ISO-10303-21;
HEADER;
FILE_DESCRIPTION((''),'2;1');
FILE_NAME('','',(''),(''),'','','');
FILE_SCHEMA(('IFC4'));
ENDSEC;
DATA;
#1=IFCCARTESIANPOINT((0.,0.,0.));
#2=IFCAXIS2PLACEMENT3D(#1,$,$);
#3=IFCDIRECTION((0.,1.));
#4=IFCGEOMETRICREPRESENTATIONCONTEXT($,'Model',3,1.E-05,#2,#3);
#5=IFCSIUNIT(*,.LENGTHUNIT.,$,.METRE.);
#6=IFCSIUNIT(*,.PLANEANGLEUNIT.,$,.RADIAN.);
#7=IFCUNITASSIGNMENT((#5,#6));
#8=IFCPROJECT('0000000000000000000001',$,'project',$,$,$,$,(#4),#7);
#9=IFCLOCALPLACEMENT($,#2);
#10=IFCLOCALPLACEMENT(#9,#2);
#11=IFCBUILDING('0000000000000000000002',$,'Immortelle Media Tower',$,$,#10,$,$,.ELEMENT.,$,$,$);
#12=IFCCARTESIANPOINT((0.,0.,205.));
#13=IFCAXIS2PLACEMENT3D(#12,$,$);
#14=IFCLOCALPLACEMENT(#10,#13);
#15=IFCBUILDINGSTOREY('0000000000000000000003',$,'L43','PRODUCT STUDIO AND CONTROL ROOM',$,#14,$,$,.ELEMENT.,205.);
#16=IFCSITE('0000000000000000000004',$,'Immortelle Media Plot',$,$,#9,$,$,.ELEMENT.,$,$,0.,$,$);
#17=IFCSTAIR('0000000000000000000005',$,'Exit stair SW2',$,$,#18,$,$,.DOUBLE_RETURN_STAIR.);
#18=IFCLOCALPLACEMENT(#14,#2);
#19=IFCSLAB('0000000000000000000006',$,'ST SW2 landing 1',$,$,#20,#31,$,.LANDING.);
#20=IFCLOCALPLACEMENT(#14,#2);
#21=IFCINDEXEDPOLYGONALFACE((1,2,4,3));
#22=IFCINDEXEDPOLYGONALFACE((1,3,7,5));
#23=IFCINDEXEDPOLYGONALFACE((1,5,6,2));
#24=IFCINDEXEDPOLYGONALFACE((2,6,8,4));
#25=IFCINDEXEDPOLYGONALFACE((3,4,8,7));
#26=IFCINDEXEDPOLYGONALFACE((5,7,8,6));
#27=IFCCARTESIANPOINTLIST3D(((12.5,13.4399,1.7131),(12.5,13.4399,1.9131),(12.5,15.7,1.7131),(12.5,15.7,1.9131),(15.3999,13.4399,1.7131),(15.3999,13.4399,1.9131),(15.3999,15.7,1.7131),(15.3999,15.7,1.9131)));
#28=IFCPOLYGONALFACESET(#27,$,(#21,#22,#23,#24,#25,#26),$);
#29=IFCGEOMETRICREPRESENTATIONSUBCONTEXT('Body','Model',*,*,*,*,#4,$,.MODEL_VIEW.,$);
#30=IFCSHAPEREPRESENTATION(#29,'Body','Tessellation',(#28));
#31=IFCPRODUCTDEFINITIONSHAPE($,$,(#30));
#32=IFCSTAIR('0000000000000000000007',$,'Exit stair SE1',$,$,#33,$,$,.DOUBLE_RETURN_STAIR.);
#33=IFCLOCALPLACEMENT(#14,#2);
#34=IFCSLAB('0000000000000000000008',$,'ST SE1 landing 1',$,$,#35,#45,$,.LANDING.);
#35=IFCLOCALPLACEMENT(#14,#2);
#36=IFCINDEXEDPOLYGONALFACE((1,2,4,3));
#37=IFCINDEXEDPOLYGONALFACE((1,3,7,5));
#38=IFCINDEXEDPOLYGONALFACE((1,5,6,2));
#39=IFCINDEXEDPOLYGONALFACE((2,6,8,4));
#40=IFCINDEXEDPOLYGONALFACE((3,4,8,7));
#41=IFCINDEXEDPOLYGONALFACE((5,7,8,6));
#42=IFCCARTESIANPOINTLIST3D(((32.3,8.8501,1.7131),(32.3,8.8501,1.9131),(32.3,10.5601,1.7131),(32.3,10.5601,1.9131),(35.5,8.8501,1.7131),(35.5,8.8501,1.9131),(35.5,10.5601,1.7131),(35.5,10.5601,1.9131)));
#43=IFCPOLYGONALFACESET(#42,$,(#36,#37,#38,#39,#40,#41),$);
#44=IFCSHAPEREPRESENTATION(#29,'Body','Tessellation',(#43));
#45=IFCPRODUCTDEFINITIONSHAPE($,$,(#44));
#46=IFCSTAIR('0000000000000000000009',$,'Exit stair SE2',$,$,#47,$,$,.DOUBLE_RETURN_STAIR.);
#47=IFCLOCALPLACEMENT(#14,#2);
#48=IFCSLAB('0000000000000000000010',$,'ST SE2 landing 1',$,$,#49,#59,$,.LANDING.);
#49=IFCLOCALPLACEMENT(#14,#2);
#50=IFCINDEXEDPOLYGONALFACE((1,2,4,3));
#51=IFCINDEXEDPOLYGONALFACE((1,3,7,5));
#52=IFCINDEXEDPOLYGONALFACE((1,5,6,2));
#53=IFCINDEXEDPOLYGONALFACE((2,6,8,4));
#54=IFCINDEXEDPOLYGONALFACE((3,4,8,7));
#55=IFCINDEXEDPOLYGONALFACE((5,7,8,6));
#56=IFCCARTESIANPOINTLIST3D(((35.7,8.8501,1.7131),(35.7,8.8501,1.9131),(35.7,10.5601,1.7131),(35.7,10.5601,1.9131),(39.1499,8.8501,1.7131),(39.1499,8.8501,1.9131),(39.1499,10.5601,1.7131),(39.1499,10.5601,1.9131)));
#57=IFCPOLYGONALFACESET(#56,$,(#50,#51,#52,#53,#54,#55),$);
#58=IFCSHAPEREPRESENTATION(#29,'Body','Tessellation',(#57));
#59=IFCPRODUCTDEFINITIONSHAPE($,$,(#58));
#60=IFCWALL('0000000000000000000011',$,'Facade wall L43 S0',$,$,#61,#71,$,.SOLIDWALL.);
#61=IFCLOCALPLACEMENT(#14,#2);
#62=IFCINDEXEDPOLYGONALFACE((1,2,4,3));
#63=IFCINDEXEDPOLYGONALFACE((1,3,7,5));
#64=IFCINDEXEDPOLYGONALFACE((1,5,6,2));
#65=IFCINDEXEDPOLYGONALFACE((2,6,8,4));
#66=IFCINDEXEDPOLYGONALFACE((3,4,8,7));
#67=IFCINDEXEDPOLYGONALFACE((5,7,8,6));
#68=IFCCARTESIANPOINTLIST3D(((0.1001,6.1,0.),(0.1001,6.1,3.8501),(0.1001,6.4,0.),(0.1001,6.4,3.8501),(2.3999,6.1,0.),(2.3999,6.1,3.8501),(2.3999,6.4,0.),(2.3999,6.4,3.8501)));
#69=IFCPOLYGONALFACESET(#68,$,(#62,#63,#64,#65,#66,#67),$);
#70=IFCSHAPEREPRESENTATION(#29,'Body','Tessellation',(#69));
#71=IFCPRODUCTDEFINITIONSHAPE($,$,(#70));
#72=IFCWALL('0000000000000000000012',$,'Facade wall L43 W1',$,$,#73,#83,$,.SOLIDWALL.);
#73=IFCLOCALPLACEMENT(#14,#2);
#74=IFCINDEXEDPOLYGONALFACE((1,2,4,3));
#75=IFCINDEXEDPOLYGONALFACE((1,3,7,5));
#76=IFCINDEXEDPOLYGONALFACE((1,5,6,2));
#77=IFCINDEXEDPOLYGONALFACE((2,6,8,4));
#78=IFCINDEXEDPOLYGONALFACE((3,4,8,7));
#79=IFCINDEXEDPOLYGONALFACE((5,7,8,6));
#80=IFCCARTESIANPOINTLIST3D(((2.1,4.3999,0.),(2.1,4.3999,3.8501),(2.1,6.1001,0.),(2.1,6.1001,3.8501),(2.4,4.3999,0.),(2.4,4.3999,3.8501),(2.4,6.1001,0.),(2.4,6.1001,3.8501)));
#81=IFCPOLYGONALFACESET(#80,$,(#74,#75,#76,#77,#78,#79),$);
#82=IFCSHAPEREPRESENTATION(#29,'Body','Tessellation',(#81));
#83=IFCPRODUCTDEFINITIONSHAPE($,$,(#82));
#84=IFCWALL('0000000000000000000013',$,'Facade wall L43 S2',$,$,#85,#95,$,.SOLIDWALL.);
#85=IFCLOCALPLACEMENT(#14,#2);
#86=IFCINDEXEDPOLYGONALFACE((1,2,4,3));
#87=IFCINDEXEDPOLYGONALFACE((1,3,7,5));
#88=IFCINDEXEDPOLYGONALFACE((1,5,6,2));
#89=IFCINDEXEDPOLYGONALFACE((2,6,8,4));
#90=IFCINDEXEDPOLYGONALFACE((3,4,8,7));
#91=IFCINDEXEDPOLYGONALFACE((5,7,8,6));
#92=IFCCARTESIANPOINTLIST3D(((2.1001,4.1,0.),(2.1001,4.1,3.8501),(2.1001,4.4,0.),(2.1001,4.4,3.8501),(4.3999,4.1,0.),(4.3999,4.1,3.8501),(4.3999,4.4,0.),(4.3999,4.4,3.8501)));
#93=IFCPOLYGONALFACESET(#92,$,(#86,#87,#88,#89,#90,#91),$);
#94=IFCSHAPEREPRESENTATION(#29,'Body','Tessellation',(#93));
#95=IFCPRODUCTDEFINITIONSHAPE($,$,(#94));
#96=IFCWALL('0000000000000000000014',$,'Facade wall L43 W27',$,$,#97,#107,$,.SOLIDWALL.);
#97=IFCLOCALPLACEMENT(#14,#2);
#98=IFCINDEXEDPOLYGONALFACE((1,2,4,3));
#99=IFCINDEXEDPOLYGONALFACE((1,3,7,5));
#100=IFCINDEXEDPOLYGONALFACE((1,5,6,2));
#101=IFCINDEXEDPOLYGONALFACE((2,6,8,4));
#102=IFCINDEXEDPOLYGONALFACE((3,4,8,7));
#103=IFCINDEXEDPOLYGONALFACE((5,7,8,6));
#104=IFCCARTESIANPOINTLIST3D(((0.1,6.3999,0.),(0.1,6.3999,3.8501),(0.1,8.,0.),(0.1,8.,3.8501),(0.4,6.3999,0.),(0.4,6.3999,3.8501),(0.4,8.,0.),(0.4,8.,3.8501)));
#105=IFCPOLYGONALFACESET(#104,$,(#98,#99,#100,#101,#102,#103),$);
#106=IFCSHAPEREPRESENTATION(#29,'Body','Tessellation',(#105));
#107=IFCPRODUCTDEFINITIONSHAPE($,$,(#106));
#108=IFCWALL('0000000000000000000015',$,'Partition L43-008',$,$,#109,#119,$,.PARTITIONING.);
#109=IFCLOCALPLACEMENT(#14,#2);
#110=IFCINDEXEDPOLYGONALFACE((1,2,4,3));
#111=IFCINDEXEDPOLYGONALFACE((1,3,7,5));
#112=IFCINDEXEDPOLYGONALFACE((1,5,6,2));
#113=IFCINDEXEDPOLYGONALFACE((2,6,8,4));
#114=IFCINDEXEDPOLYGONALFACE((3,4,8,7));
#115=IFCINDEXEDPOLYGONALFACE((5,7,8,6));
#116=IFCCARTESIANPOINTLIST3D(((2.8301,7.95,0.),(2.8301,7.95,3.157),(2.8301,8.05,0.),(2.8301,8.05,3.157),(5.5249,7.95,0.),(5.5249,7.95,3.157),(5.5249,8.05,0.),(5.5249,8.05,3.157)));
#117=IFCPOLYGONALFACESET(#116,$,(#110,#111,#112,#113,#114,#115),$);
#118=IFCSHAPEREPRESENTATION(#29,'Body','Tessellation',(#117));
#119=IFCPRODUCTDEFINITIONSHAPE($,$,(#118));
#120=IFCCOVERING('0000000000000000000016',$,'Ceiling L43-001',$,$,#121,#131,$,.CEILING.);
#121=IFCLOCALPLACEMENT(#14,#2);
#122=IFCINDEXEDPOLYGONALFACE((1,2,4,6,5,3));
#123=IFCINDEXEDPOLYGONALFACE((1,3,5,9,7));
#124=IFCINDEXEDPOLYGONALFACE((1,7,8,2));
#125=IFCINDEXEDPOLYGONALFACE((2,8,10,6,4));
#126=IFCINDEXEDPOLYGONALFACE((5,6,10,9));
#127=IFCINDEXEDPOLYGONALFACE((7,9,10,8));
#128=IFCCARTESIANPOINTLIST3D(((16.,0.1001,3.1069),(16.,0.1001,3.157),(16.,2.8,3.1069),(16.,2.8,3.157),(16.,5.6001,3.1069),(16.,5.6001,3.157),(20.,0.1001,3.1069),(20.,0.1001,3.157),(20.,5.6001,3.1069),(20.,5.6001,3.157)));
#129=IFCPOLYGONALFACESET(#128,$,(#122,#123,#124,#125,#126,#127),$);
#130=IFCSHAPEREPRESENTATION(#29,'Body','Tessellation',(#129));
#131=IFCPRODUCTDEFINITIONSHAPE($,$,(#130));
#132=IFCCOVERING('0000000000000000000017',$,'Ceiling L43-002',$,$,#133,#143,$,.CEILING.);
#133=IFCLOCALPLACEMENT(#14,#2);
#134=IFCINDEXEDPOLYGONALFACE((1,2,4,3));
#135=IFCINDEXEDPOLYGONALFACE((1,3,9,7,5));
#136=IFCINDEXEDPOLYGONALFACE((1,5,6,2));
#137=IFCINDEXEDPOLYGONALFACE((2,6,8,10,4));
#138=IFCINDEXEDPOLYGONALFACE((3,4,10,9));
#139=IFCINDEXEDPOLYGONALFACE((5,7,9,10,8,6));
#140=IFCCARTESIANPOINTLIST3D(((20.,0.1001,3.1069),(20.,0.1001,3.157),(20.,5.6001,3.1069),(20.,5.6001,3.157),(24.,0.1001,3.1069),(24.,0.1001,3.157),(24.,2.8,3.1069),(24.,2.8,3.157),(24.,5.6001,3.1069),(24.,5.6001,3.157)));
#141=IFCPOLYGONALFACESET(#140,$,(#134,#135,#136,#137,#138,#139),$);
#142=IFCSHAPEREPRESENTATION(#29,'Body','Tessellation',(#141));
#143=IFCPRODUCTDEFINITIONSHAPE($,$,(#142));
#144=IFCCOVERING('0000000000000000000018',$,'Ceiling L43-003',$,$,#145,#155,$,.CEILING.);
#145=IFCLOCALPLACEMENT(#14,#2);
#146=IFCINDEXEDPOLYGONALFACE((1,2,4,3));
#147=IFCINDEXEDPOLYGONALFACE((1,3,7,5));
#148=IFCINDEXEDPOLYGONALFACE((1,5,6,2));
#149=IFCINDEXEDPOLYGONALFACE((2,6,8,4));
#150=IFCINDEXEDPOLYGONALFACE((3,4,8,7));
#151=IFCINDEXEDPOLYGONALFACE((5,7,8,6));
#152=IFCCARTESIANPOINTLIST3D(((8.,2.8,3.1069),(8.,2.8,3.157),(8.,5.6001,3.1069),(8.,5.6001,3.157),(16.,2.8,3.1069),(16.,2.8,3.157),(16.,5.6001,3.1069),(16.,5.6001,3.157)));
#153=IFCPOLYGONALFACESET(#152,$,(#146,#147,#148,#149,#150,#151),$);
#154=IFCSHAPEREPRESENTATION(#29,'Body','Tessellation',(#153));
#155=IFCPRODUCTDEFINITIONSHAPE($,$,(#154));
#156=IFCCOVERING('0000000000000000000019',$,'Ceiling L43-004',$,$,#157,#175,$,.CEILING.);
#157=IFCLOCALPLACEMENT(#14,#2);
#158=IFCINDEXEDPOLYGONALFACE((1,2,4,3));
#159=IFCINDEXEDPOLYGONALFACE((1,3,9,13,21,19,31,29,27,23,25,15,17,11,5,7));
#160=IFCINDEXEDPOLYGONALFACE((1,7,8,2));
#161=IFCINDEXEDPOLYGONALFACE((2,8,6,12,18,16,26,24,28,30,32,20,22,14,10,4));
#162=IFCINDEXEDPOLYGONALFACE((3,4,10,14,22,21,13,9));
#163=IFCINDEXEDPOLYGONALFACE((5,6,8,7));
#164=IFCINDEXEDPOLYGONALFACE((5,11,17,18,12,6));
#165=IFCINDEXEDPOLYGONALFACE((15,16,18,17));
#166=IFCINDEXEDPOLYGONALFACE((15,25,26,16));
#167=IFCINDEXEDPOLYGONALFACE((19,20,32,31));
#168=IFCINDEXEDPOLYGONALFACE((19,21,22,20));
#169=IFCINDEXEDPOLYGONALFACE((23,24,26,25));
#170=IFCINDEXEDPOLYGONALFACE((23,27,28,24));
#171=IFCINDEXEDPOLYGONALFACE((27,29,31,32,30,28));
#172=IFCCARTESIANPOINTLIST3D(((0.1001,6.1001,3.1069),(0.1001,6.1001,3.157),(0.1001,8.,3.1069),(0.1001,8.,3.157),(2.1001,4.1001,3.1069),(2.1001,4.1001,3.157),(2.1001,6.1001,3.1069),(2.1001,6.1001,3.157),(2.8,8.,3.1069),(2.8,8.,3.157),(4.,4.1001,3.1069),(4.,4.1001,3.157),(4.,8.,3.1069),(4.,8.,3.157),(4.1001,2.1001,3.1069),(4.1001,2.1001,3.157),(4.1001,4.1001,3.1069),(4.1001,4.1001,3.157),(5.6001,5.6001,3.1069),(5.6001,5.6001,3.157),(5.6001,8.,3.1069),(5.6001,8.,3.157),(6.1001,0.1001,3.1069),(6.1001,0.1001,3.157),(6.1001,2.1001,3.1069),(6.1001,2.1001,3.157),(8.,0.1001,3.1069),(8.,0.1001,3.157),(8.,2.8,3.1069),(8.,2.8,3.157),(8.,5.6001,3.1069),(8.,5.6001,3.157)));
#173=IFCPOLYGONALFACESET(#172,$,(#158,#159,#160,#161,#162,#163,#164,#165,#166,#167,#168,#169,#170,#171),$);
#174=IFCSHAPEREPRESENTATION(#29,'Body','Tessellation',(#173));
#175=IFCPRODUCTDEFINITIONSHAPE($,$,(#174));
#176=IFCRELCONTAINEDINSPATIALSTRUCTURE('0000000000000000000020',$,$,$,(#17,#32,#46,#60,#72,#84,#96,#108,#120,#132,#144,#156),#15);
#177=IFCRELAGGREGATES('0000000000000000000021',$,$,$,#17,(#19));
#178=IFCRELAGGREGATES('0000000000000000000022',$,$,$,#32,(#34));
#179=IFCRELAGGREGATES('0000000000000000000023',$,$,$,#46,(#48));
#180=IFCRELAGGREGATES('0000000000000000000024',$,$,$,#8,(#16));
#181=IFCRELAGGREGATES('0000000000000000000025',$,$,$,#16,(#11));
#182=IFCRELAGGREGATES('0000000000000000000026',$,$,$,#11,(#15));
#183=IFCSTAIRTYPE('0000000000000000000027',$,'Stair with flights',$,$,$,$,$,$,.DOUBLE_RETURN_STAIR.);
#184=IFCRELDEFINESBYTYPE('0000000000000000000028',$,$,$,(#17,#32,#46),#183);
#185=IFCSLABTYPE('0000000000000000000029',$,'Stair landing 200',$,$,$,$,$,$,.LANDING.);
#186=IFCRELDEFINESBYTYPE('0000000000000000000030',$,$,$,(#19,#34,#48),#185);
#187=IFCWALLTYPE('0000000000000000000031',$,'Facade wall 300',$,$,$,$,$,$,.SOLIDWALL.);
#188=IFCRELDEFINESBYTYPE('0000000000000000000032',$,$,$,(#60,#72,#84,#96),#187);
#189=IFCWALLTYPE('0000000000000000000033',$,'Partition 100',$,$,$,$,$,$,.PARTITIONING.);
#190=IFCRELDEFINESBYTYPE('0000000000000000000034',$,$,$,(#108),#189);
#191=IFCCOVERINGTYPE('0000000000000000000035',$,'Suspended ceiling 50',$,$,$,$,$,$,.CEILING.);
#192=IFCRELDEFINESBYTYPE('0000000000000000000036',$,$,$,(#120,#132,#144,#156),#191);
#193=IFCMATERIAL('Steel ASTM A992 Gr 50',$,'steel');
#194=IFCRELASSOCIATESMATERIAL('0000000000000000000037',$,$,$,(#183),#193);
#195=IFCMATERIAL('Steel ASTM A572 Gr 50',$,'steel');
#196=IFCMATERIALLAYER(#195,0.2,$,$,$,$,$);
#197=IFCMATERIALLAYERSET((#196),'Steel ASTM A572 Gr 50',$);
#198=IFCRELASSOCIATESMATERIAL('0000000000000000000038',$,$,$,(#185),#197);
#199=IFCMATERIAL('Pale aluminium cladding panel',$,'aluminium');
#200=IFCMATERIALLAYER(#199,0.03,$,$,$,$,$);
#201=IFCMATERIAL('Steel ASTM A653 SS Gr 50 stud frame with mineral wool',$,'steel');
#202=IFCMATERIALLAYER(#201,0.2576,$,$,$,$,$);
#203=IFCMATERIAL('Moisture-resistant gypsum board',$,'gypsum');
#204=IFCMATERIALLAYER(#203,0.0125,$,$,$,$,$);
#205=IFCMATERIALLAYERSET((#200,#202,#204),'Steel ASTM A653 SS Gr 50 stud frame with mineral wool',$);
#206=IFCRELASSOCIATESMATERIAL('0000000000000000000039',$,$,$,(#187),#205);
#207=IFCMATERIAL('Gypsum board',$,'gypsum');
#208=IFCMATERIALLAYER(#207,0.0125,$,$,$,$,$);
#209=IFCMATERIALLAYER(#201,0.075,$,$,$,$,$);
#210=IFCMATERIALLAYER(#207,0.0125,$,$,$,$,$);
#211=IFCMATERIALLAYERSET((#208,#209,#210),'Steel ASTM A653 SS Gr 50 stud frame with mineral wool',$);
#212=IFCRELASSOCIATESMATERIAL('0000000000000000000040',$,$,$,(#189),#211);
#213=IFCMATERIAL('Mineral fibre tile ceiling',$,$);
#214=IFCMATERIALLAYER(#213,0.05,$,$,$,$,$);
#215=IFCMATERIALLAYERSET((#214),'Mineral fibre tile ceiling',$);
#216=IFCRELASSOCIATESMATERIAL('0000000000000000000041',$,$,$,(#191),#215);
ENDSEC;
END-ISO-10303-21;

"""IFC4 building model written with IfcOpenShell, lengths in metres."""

from ifc_helpers import new_model, si_unit, direction, frame, frame_2d, origin, place, context, subcontext, project, spatial, polyline, rectangle, outline, extrude, material, layer, layer_set, type_object, element, aggregate, save


model = new_model("IFC4")

# Units and contexts
model_context = context("Model", 3, precision=1e-05, world=origin(), true_north=direction((0.0, 1.0)))
body_context = subcontext(model_context, "Body", "Model", "MODEL_VIEW")
ifc_project = project(units=[si_unit("LENGTHUNIT", "METRE"), si_unit("PLANEANGLEUNIT", "RADIAN")], contexts=[model_context])

# Site, building, storey
site_placement = place(None, origin())
site = spatial("IfcSite", under=ifc_project, at=site_placement, Name="Immortelle Media Plot", CompositionType="ELEMENT", RefElevation=0.0)
building_placement = place(site_placement, origin())
building = spatial("IfcBuilding", under=site, at=building_placement, Name="Immortelle Media Tower", CompositionType="ELEMENT")
storey_placement = place(building_placement, frame((0.0, 0.0, 205.0)))
storey = spatial("IfcBuildingStorey", under=building, at=storey_placement, Name="L43", Description="PRODUCT STUDIO AND CONTROL ROOM", CompositionType="ELEMENT", Elevation=205.0)

# Shared definitions
ifc_material_1 = material(Name="Steel ASTM A992 Gr 50", Category="steel")

# Stairs, slabs
stair_type = type_object("IfcStairType", Name="Stair with flights", PredefinedType="DOUBLE_RETURN_STAIR", material=ifc_material_1)
ifc_material_2 = material(Name="Steel ASTM A572 Gr 50", Category="steel")
ifc_layer_1 = layer(ifc_material_2, 0.2)
ifc_layer_set_1 = layer_set([ifc_layer_1], Name="Steel ASTM A572 Gr 50")
slab_type_1 = type_object("IfcSlabType", Name="Stair landing 200", PredefinedType="LANDING", material=ifc_layer_set_1)
stair_1_placement = place(storey_placement, origin())
stair_1 = element("IfcStair", 1, at=stair_1_placement, inside=storey, type_object=stair_type, Name="Exit stair SW2", PredefinedType="DOUBLE_RETURN_STAIR")
slab_1_placement = place(storey_placement, frame((0.0, 0.0, 1.7131)))
slab_1 = element("IfcSlab", 2, at=slab_1_placement, type_object=slab_type_1, Name="ST SW2 landing 1", PredefinedType="LANDING", context=body_context, shape_type="SweptSolid", body=[
    extrude(outline(polyline([(12.5, 13.4399), (15.3999, 13.4399), (15.3999, 15.7), (12.5, 15.7), (12.5, 13.4399)])), origin(), (0.0, 0.0, 1.0), 0.2),
])
aggregate(stair_1, [slab_1])
stair_2_placement = place(storey_placement, origin())
stair_2 = element("IfcStair", 3, at=stair_2_placement, inside=storey, type_object=stair_type, Name="Exit stair SE1", PredefinedType="DOUBLE_RETURN_STAIR")
slab_2_placement = place(storey_placement, frame((0.0, 0.0, 1.7131)))
slab_2 = element("IfcSlab", 4, at=slab_2_placement, type_object=slab_type_1, Name="ST SE1 landing 1", PredefinedType="LANDING", context=body_context, shape_type="SweptSolid", body=[
    extrude(outline(polyline([(32.3, 8.8501), (35.5, 8.8501), (35.5, 10.5601), (32.3, 10.5601), (32.3, 8.8501)])), origin(), (0.0, 0.0, 1.0), 0.2),
])
aggregate(stair_2, [slab_2])
stair_3_placement = place(storey_placement, origin())
stair_3 = element("IfcStair", 5, at=stair_3_placement, inside=storey, type_object=stair_type, Name="Exit stair SE2", PredefinedType="DOUBLE_RETURN_STAIR")
slab_3_placement = place(storey_placement, frame((0.0, 0.0, 1.7131)))
slab_3 = element("IfcSlab", 6, at=slab_3_placement, type_object=slab_type_1, Name="ST SE2 landing 1", PredefinedType="LANDING", context=body_context, shape_type="SweptSolid", body=[
    extrude(outline(polyline([(35.7, 8.8501), (39.1499, 8.8501), (39.1499, 10.5601), (35.7, 10.5601), (35.7, 8.8501)])), origin(), (0.0, 0.0, 1.0), 0.2),
])
aggregate(stair_3, [slab_3])

# Walls
ifc_material_3 = material(Name="Pale aluminium cladding panel", Category="aluminium")
ifc_layer_2 = layer(ifc_material_3, 0.03)
ifc_material_4 = material(Name="Steel ASTM A653 SS Gr 50 stud frame with mineral wool", Category="steel")
ifc_layer_3 = layer(ifc_material_4, 0.2576)
ifc_material_5 = material(Name="Moisture-resistant gypsum board", Category="gypsum")
ifc_layer_4 = layer(ifc_material_5, 0.0125)
ifc_layer_set_2 = layer_set([ifc_layer_2, ifc_layer_3, ifc_layer_4], Name="Steel ASTM A653 SS Gr 50 stud frame with mineral wool")
wall_type_1 = type_object("IfcWallType", Name="Facade wall 300", PredefinedType="SOLIDWALL", material=ifc_layer_set_2)
wall_1_placement = place(storey_placement, frame((0.1001, 6.25, 0.0), z_axis=(0.0, 0.0, 1.0), x_axis=(1.0, 0.0, 0.0)))
element("IfcWall", 7, at=wall_1_placement, inside=storey, type_object=wall_type_1, Name="Facade wall L43 S0", PredefinedType="SOLIDWALL", context=body_context, shape_type="SweptSolid", body=[
    extrude(rectangle(XDim=2.2998, YDim=0.3, at=frame_2d((1.1499, 0.0))), origin(), (0.0, 0.0, 1.0), 3.8501),
])
wall_2_placement = place(storey_placement, frame((2.25, 6.1001, 0.0), z_axis=(0.0, 0.0, 1.0), x_axis=(0.0, -1.0, 0.0)))
element("IfcWall", 8, at=wall_2_placement, inside=storey, type_object=wall_type_1, Name="Facade wall L43 W1", PredefinedType="SOLIDWALL", context=body_context, shape_type="SweptSolid", body=[
    extrude(rectangle(XDim=1.7002, YDim=0.3, at=frame_2d((0.8501, 0.0))), origin(), (0.0, 0.0, 1.0), 3.8501),
])
wall_3_placement = place(storey_placement, frame((2.1001, 4.25, 0.0), z_axis=(0.0, 0.0, 1.0), x_axis=(1.0, 0.0, 0.0)))
element("IfcWall", 9, at=wall_3_placement, inside=storey, type_object=wall_type_1, Name="Facade wall L43 S2", PredefinedType="SOLIDWALL", context=body_context, shape_type="SweptSolid", body=[
    extrude(rectangle(XDim=2.2998, YDim=0.3, at=frame_2d((1.1499, 0.0))), origin(), (0.0, 0.0, 1.0), 3.8501),
])
wall_4_placement = place(storey_placement, frame((0.25, 8.0, 0.0), z_axis=(0.0, 0.0, 1.0), x_axis=(0.0, -1.0, 0.0)))
element("IfcWall", 10, at=wall_4_placement, inside=storey, type_object=wall_type_1, Name="Facade wall L43 W27", PredefinedType="SOLIDWALL", context=body_context, shape_type="SweptSolid", body=[
    extrude(rectangle(XDim=1.6001, YDim=0.3, at=frame_2d((0.8, 0.0))), origin(), (0.0, 0.0, 1.0), 3.8501),
])
ifc_material_6 = material(Name="Gypsum board", Category="gypsum")
ifc_layer_5 = layer(ifc_material_6, 0.0125)
ifc_layer_6 = layer(ifc_material_4, 0.075)
ifc_layer_7 = layer(ifc_material_6, 0.0125)
ifc_layer_set_3 = layer_set([ifc_layer_5, ifc_layer_6, ifc_layer_7], Name="Steel ASTM A653 SS Gr 50 stud frame with mineral wool")
wall_type_2 = type_object("IfcWallType", Name="Partition 100", PredefinedType="PARTITIONING", material=ifc_layer_set_3)
wall_5_placement = place(storey_placement, frame((2.8301, 8.0, 0.0), z_axis=(0.0, 0.0, 1.0), x_axis=(1.0, 0.0, 0.0)))
element("IfcWall", 11, at=wall_5_placement, inside=storey, type_object=wall_type_2, Name="Partition L43-008", PredefinedType="PARTITIONING", context=body_context, shape_type="SweptSolid", body=[
    extrude(rectangle(XDim=2.6948, YDim=0.1001, at=frame_2d((1.3474, 0.0))), origin(), (0.0, 0.0, 1.0), 3.157),
])

# Coverings
ifc_material_7 = material(Name="Mineral fibre tile ceiling")
ifc_layer_8 = layer(ifc_material_7, 0.05)
ifc_layer_set_4 = layer_set([ifc_layer_8], Name="Mineral fibre tile ceiling")
covering_type = type_object("IfcCoveringType", Name="Suspended ceiling 50", PredefinedType="CEILING", material=ifc_layer_set_4)
covering_1_placement = place(storey_placement, frame((0.0, 0.0, 3.1069)))
element("IfcCovering", 12, at=covering_1_placement, inside=storey, type_object=covering_type, Name="Ceiling L43-001", PredefinedType="CEILING", context=body_context, shape_type="SweptSolid", body=[
    extrude(outline(polyline([(16.0, 2.8), (16.0, 5.6001), (20.0, 5.6001), (20.0, 0.1001), (16.0, 0.1001), (16.0, 2.8)])), origin(), (0.0, 0.0, 1.0), 0.05),
])
covering_2_placement = place(storey_placement, frame((0.0, 0.0, 3.1069)))
element("IfcCovering", 13, at=covering_2_placement, inside=storey, type_object=covering_type, Name="Ceiling L43-002", PredefinedType="CEILING", context=body_context, shape_type="SweptSolid", body=[
    extrude(outline(polyline([(24.0, 5.6001), (24.0, 2.8), (24.0, 0.1001), (20.0, 0.1001), (20.0, 5.6001), (24.0, 5.6001)])), origin(), (0.0, 0.0, 1.0), 0.05),
])
covering_3_placement = place(storey_placement, frame((0.0, 0.0, 3.1069)))
element("IfcCovering", 14, at=covering_3_placement, inside=storey, type_object=covering_type, Name="Ceiling L43-003", PredefinedType="CEILING", context=body_context, shape_type="SweptSolid", body=[
    extrude(outline(polyline([(8.0, 2.8), (8.0, 5.6001), (16.0, 5.6001), (16.0, 2.8), (8.0, 2.8)])), origin(), (0.0, 0.0, 1.0), 0.05),
])
covering_4_placement = place(storey_placement, frame((0.0, 0.0, 3.1069)))
element("IfcCovering", 15, at=covering_4_placement, inside=storey, type_object=covering_type, Name="Ceiling L43-004", PredefinedType="CEILING", context=body_context, shape_type="SweptSolid", body=[
    extrude(outline(polyline([(4.1001, 2.1001), (4.1001, 4.1001), (4.0, 4.1001), (2.1001, 4.1001), (2.1001, 6.1001), (0.1001, 6.1001), (0.1001, 8.0), (2.8, 8.0), (4.0, 8.0), (5.6001, 8.0), (5.6001, 5.6001), (8.0, 5.6001), (8.0, 2.8), (8.0, 0.1001), (6.1001, 0.1001), (6.1001, 2.1001), (4.1001, 2.1001)])), origin(), (0.0, 0.0, 1.0), 0.05),
])

save(model, "model.ifc")
